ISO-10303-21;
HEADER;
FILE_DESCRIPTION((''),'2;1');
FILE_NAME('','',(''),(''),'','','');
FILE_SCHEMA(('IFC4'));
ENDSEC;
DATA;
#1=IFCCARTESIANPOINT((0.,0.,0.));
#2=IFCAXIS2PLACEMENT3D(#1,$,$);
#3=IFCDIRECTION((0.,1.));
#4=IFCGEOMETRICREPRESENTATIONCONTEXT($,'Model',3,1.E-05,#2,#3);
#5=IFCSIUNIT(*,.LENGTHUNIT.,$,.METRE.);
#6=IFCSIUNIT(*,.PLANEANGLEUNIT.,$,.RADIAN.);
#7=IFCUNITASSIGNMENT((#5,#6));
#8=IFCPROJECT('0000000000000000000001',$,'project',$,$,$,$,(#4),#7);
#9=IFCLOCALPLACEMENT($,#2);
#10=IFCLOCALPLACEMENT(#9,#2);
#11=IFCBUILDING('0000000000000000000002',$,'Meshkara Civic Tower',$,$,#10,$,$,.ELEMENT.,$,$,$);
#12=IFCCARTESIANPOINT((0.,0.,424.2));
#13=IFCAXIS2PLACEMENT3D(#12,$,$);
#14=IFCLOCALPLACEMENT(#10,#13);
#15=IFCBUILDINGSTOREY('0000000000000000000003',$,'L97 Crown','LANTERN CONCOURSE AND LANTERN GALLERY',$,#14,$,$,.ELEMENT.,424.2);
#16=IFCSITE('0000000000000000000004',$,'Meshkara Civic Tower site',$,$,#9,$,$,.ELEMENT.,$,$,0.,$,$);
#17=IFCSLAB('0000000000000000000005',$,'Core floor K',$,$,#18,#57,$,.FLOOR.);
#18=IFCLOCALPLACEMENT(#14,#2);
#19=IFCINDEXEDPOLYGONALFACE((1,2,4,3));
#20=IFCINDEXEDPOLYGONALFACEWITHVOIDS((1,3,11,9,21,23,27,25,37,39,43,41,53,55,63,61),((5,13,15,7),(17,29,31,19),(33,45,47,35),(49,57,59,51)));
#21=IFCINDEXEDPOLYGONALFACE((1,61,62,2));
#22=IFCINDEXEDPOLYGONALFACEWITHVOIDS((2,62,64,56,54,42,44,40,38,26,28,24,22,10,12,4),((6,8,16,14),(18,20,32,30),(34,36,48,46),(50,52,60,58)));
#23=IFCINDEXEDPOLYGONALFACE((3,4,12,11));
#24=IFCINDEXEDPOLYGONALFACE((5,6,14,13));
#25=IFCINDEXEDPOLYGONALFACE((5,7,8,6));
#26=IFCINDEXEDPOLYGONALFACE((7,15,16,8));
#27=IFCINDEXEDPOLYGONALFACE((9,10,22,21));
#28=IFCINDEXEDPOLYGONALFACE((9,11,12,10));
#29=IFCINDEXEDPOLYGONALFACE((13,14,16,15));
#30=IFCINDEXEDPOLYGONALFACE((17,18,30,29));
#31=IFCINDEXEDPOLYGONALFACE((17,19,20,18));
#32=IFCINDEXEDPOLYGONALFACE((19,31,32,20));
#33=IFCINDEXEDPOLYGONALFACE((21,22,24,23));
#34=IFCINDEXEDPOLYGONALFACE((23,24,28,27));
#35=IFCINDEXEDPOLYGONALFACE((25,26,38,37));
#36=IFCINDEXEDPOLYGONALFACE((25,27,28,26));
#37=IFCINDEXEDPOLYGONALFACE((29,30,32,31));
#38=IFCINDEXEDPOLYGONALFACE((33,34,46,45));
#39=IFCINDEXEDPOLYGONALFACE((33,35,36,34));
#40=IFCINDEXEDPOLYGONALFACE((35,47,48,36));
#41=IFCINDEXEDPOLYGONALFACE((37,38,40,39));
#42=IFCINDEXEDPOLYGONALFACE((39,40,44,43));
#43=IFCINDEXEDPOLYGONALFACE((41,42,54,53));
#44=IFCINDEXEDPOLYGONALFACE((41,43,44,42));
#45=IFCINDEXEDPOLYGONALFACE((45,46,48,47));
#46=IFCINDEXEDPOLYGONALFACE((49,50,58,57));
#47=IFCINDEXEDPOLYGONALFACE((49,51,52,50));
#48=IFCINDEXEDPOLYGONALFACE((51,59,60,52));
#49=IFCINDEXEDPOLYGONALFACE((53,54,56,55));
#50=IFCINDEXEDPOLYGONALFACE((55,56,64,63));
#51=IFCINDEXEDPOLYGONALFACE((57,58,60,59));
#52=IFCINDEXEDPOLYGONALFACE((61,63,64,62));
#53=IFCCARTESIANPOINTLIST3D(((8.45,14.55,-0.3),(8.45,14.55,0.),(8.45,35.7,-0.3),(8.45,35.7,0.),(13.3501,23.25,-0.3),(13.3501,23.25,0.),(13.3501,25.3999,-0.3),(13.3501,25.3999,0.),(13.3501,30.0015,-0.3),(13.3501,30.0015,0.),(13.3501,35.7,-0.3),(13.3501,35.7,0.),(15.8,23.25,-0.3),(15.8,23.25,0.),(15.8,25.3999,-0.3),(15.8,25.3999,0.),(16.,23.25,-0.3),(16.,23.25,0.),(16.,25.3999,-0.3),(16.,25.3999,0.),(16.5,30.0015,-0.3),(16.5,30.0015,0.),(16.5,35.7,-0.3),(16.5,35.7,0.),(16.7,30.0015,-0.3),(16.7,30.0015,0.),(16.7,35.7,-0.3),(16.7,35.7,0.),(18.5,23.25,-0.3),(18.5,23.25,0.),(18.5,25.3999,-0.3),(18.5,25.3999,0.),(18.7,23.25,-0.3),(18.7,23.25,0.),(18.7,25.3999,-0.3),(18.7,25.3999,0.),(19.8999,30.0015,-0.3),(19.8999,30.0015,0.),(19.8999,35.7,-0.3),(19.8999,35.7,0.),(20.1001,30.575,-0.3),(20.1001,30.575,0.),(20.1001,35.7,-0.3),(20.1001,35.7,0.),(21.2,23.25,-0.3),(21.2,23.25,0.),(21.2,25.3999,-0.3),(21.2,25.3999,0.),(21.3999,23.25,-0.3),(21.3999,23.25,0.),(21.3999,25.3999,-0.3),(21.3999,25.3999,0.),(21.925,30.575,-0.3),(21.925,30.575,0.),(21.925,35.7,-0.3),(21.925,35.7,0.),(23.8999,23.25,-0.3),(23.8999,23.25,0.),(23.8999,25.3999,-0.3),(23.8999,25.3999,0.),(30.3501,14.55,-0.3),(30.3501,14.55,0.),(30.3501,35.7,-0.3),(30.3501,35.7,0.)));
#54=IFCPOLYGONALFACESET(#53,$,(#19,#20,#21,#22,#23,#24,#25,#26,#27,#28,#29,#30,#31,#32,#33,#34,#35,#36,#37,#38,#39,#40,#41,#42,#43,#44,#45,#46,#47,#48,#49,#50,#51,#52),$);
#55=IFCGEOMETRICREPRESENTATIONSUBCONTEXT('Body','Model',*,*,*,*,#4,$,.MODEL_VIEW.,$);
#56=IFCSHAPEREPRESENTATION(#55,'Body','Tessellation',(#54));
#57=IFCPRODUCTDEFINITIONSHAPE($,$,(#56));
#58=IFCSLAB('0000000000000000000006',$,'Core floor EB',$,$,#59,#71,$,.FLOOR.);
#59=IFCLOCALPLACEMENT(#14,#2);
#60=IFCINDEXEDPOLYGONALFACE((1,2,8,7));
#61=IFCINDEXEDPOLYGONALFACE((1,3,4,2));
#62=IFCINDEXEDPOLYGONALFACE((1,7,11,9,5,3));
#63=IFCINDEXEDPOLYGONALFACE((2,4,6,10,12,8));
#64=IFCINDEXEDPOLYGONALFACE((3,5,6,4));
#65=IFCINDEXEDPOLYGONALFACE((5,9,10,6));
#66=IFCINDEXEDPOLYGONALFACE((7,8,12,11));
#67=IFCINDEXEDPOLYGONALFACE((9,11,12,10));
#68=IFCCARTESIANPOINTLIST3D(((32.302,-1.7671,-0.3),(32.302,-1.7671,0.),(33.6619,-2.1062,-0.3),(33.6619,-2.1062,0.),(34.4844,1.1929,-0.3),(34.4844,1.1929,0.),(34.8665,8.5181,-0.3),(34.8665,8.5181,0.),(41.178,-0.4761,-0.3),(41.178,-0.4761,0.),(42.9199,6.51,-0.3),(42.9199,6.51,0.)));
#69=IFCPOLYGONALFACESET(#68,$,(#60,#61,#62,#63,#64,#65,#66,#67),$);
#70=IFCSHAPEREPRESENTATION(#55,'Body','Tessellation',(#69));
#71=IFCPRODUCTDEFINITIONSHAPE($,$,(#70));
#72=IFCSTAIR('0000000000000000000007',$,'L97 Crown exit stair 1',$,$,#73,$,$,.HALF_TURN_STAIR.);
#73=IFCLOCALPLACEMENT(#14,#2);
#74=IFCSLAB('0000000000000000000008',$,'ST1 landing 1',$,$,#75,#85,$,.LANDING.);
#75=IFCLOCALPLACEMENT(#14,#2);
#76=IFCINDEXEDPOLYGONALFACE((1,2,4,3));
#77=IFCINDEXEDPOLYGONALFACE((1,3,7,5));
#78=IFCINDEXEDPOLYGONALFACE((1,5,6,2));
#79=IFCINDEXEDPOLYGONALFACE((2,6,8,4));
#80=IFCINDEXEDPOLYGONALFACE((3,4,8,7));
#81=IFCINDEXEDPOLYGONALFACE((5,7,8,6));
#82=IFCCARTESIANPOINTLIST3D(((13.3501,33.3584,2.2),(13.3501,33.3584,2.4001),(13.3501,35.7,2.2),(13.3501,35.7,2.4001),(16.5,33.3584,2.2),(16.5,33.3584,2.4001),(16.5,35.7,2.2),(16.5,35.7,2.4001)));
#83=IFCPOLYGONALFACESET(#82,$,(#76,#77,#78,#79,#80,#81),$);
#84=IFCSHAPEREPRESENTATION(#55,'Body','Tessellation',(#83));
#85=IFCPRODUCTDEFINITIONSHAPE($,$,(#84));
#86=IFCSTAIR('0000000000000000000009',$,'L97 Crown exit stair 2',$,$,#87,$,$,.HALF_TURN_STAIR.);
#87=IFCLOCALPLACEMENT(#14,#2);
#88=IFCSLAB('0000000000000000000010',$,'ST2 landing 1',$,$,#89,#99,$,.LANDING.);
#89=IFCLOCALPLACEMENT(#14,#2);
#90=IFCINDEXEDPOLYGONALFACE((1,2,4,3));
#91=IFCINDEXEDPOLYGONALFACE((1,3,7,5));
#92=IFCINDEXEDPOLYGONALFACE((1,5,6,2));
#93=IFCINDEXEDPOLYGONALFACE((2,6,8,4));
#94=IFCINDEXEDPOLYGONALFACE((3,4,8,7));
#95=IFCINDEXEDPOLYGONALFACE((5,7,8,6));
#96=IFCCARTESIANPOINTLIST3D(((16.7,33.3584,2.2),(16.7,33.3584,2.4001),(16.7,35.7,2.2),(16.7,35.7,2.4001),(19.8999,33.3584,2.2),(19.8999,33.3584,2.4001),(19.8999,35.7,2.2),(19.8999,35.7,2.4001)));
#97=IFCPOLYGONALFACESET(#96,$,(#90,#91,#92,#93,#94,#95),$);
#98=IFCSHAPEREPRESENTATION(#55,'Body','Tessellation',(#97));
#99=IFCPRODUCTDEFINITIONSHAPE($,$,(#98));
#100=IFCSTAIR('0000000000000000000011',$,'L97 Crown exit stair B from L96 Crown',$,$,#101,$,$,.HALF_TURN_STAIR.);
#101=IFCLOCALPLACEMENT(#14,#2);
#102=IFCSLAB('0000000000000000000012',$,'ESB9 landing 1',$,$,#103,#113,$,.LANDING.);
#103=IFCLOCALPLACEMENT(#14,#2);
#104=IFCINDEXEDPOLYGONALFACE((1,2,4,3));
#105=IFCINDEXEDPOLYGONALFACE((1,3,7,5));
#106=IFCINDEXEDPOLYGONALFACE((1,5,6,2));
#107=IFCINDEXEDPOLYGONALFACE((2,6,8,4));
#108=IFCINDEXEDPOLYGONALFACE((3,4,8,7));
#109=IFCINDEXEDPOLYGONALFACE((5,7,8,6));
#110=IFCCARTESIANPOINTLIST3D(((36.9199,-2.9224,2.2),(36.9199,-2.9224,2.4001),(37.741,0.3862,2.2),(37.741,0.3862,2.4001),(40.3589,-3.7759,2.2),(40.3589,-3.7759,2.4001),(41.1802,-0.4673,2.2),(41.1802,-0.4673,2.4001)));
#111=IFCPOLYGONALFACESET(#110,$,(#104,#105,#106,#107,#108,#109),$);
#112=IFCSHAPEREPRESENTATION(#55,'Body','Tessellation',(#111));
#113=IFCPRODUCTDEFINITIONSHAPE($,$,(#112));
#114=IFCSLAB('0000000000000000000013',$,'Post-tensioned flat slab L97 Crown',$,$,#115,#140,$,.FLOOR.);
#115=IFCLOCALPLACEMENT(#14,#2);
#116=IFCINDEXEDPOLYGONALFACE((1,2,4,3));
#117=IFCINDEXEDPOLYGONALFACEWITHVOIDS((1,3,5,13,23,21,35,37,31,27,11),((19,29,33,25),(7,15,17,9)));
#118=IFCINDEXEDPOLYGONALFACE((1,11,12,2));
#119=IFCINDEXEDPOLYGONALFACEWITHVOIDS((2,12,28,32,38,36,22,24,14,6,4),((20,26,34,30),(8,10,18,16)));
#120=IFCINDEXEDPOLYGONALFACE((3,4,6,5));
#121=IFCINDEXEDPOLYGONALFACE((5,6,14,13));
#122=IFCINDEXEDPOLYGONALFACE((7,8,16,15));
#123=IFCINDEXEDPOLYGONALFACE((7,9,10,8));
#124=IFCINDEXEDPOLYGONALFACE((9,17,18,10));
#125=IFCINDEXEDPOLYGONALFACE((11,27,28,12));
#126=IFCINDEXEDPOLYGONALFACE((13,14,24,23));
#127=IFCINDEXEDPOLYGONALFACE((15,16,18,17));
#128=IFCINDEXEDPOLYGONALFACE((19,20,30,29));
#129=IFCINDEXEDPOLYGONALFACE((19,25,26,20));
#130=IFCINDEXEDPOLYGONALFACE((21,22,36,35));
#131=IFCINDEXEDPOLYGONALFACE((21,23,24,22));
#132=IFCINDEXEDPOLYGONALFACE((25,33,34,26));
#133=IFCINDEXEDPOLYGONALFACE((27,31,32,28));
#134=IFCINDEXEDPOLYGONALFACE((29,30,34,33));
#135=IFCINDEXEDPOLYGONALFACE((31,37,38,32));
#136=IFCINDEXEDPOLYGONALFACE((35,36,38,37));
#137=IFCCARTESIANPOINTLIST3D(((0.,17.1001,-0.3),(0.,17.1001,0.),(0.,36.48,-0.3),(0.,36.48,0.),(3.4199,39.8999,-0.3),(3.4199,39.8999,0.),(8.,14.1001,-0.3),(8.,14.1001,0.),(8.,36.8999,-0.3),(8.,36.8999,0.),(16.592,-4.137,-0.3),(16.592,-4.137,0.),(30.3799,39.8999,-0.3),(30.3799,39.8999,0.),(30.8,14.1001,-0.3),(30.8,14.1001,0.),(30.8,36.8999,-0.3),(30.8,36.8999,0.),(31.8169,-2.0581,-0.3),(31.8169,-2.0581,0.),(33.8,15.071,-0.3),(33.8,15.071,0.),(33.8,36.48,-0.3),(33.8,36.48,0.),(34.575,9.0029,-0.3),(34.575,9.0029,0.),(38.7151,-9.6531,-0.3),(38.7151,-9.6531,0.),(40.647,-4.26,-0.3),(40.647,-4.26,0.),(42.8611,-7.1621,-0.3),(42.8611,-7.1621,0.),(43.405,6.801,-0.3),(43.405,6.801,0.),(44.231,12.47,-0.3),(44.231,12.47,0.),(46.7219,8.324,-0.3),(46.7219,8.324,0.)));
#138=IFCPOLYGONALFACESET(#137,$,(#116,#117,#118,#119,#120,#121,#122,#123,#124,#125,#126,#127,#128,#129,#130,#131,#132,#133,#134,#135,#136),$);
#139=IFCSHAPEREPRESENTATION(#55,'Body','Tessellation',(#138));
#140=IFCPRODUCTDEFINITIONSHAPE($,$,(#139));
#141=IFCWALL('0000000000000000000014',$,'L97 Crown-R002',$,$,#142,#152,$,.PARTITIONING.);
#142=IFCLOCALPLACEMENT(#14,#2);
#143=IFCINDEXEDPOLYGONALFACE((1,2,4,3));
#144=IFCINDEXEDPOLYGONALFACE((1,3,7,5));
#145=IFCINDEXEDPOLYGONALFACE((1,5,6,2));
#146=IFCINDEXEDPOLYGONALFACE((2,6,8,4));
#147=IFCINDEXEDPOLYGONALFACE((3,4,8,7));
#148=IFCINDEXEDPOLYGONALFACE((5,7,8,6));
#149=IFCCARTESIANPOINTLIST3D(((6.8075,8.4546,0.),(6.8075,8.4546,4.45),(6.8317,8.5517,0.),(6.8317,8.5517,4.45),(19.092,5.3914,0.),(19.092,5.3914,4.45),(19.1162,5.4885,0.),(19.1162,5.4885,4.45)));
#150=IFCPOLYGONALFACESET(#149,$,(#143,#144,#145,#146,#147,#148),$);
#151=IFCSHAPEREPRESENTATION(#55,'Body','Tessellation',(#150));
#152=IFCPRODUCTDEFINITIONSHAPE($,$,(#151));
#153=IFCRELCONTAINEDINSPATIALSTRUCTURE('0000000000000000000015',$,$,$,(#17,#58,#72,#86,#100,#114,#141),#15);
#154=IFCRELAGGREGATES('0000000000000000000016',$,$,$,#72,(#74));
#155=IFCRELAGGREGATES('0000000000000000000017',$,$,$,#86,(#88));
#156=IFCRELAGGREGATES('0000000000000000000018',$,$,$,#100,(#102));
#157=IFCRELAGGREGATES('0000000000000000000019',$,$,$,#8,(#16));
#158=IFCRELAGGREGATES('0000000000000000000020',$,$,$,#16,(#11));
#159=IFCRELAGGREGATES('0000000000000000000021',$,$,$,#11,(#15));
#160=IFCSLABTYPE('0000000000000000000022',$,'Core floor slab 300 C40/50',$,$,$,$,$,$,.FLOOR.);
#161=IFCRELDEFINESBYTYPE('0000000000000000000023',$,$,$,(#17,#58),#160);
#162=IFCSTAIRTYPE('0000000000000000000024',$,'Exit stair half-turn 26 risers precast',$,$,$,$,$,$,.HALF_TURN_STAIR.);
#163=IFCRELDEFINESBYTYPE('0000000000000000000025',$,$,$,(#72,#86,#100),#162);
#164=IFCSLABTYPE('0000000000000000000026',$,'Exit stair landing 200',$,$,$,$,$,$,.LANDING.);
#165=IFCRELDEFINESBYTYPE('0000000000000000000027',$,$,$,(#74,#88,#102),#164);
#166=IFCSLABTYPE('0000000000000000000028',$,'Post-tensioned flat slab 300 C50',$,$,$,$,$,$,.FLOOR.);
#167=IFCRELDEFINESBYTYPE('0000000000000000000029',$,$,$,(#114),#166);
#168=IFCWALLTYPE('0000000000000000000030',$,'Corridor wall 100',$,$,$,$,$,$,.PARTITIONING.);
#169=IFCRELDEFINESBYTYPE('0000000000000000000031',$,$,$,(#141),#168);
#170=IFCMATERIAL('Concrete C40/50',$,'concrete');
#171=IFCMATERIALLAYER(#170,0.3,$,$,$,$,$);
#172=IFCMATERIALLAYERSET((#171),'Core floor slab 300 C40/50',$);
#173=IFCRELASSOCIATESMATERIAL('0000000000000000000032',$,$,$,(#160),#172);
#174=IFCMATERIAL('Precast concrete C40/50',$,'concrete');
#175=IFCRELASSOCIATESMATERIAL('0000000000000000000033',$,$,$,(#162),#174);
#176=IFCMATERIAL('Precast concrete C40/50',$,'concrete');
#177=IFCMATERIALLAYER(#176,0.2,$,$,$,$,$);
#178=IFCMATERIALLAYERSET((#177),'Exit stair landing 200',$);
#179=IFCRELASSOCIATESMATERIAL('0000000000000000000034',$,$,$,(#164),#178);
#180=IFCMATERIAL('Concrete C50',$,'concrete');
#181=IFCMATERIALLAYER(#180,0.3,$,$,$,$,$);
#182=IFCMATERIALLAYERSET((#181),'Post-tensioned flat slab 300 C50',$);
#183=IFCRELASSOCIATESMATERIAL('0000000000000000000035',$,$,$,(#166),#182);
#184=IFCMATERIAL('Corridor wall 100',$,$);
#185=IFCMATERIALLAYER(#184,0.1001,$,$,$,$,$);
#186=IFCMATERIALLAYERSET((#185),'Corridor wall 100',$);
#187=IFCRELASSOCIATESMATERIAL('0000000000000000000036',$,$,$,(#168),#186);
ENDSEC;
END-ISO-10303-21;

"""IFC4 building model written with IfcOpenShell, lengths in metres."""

from ifc_helpers import new_model, si_unit, direction, frame, frame_2d, origin, place, context, subcontext, project, spatial, polyline, rectangle, outline, extrude, material, layer, layer_set, type_object, element, aggregate, save


model = new_model("IFC4")

# Units and contexts
model_context = context("Model", 3, precision=1e-05, world=origin(), true_north=direction((0.0, 1.0)))
body_context = subcontext(model_context, "Body", "Model", "MODEL_VIEW")
ifc_project = project(units=[si_unit("LENGTHUNIT", "METRE"), si_unit("PLANEANGLEUNIT", "RADIAN")], contexts=[model_context])

# Site, building, storey
site_placement = place(None, origin())
site = spatial("IfcSite", under=ifc_project, at=site_placement, Name="Meshkara Civic Tower site", CompositionType="ELEMENT", RefElevation=0.0)
building_placement = place(site_placement, origin())
building = spatial("IfcBuilding", under=site, at=building_placement, Name="Meshkara Civic Tower", CompositionType="ELEMENT")
storey_placement = place(building_placement, frame((0.0, 0.0, 424.2)))
storey = spatial("IfcBuildingStorey", under=building, at=storey_placement, Name="L97 Crown", Description="LANTERN CONCOURSE AND LANTERN GALLERY", CompositionType="ELEMENT", Elevation=424.2)

# Slabs
ifc_material_1 = material(Name="Concrete C40/50", Category="concrete")
ifc_layer_1 = layer(ifc_material_1, 0.3)
ifc_layer_set_1 = layer_set([ifc_layer_1], Name="Core floor slab 300 C40/50")
slab_type_1 = type_object("IfcSlabType", Name="Core floor slab 300 C40/50", PredefinedType="FLOOR", material=ifc_layer_set_1)
slab_1_placement = place(storey_placement, frame((0.0, 0.0, -0.3)))
element("IfcSlab", 1, at=slab_1_placement, inside=storey, type_object=slab_type_1, Name="Core floor K", PredefinedType="FLOOR", context=body_context, shape_type="SweptSolid", body=[
    extrude(outline(polyline([(8.45, 35.7), (13.3501, 35.7), (13.3501, 30.0015), (16.5, 30.0015), (16.5, 35.7), (16.7, 35.7), (16.7, 30.0015), (19.8999, 30.0015), (19.8999, 35.7), (20.1001, 35.7), (20.1001, 30.575), (21.925, 30.575), (21.925, 35.7), (30.3501, 35.7), (30.3501, 14.55), (8.45, 14.55), (8.45, 35.7)]), holes=[polyline([(15.8, 23.25), (15.8, 25.3999), (13.3501, 25.3999), (13.3501, 23.25), (15.8, 23.25)]), polyline([(18.5, 25.3999), (16.0, 25.3999), (16.0, 23.25), (18.5, 23.25), (18.5, 25.3999)]), polyline([(18.7, 23.25), (21.2, 23.25), (21.2, 25.3999), (18.7, 25.3999), (18.7, 23.25)]), polyline([(21.3999, 23.25), (23.8999, 23.25), (23.8999, 25.3999), (21.3999, 25.3999), (21.3999, 23.25)])]), origin(), (0.0, 0.0, 1.0), 0.3),
])
slab_2_placement = place(storey_placement, frame((0.0, 0.0, -0.3)))
element("IfcSlab", 2, at=slab_2_placement, inside=storey, type_object=slab_type_1, Name="Core floor EB", PredefinedType="FLOOR", context=body_context, shape_type="SweptSolid", body=[
    extrude(outline(polyline([(34.8665, 8.5181), (42.9199, 6.51), (41.178, -0.4761), (34.4844, 1.1929), (33.6619, -2.1062), (32.302, -1.7671), (34.8665, 8.5181)])), origin(), (0.0, 0.0, 1.0), 0.3),
])

# Stairs, slabs
ifc_material_2 = material(Name="Precast concrete C40/50", Category="concrete")
stair_type = type_object("IfcStairType", Name="Exit stair half-turn 26 risers precast", PredefinedType="HALF_TURN_STAIR", material=ifc_material_2)
stair_1_placement = place(storey_placement, origin())
stair_1 = element("IfcStair", 3, at=stair_1_placement, inside=storey, type_object=stair_type, Name="L97 Crown exit stair 1", PredefinedType="HALF_TURN_STAIR")
ifc_material_3 = material(Name="Precast concrete C40/50", Category="concrete")
ifc_layer_2 = layer(ifc_material_3, 0.2)
ifc_layer_set_2 = layer_set([ifc_layer_2], Name="Exit stair landing 200")
slab_type_2 = type_object("IfcSlabType", Name="Exit stair landing 200", PredefinedType="LANDING", material=ifc_layer_set_2)
slab_3_placement = place(storey_placement, frame((0.0, 0.0, 2.2)))
slab_3 = element("IfcSlab", 4, at=slab_3_placement, type_object=slab_type_2, Name="ST1 landing 1", PredefinedType="LANDING", context=body_context, shape_type="SweptSolid", body=[
    extrude(outline(polyline([(16.5, 33.3584), (16.5, 35.7), (13.3501, 35.7), (13.3501, 33.3584), (16.5, 33.3584)])), origin(), (0.0, 0.0, 1.0), 0.2002),
])
aggregate(stair_1, [slab_3])
stair_2_placement = place(storey_placement, origin())
stair_2 = element("IfcStair", 5, at=stair_2_placement, inside=storey, type_object=stair_type, Name="L97 Crown exit stair 2", PredefinedType="HALF_TURN_STAIR")
slab_4_placement = place(storey_placement, frame((0.0, 0.0, 2.2)))
slab_4 = element("IfcSlab", 6, at=slab_4_placement, type_object=slab_type_2, Name="ST2 landing 1", PredefinedType="LANDING", context=body_context, shape_type="SweptSolid", body=[
    extrude(outline(polyline([(19.8999, 33.3584), (19.8999, 35.7), (16.7, 35.7), (16.7, 33.3584), (19.8999, 33.3584)])), origin(), (0.0, 0.0, 1.0), 0.2002),
])
aggregate(stair_2, [slab_4])
stair_3_placement = place(storey_placement, origin())
stair_3 = element("IfcStair", 7, at=stair_3_placement, inside=storey, type_object=stair_type, Name="L97 Crown exit stair B from L96 Crown", PredefinedType="HALF_TURN_STAIR")
slab_5_placement = place(storey_placement, frame((0.0, 0.0, 2.2)))
slab_5 = element("IfcSlab", 8, at=slab_5_placement, type_object=slab_type_2, Name="ESB9 landing 1", PredefinedType="LANDING", context=body_context, shape_type="SweptSolid", body=[
    extrude(outline(polyline([(36.9199, -2.9224), (40.3589, -3.7759), (41.1802, -0.4673), (37.741, 0.3862), (36.9199, -2.9224)])), origin(), (0.0, 0.0, 1.0), 0.2002),
])
aggregate(stair_3, [slab_5])

# Slab
ifc_material_4 = material(Name="Concrete C50", Category="concrete")
ifc_layer_3 = layer(ifc_material_4, 0.3)
ifc_layer_set_3 = layer_set([ifc_layer_3], Name="Post-tensioned flat slab 300 C50")
slab_type_3 = type_object("IfcSlabType", Name="Post-tensioned flat slab 300 C50", PredefinedType="FLOOR", material=ifc_layer_set_3)
slab_6_placement = place(storey_placement, frame((0.0, 0.0, -0.3)))
element("IfcSlab", 9, at=slab_6_placement, inside=storey, type_object=slab_type_3, Name="Post-tensioned flat slab L97 Crown", PredefinedType="FLOOR", context=body_context, shape_type="SweptSolid", body=[
    extrude(outline(polyline([(42.8611, -7.1621), (38.7151, -9.6531), (16.592, -4.137), (0.0, 17.1001), (0.0, 36.48), (3.4199, 39.8999), (30.3799, 39.8999), (33.8, 36.48), (33.8, 15.071), (44.231, 12.47), (46.7219, 8.324), (42.8611, -7.1621)]), holes=[polyline([(40.647, -4.26), (43.405, 6.801), (34.575, 9.0029), (31.8169, -2.0581), (40.647, -4.26)]), polyline([(30.8, 36.8999), (8.0, 36.8999), (8.0, 14.1001), (30.8, 14.1001), (30.8, 36.8999)])]), origin(), (0.0, 0.0, 1.0), 0.3),
])

# Wall
ifc_material_5 = material(Name="Corridor wall 100")
ifc_layer_4 = layer(ifc_material_5, 0.1001)
ifc_layer_set_4 = layer_set([ifc_layer_4], Name="Corridor wall 100")
wall_type = type_object("IfcWallType", Name="Corridor wall 100", PredefinedType="PARTITIONING", material=ifc_layer_set_4)
wall_placement = place(storey_placement, frame((6.8196, 8.5032, 0.0), z_axis=(0.0, 0.0, 1.0), x_axis=(0.970289, -0.24195, 0.0)))
element("IfcWall", 10, at=wall_placement, inside=storey, type_object=wall_type, Name="L97 Crown-R002", PredefinedType="PARTITIONING", context=body_context, shape_type="SweptSolid", body=[
    extrude(rectangle(XDim=12.6606, YDim=0.1001, at=frame_2d((6.3303, 0.0))), origin(), (0.0, 0.0, 1.0), 4.45),
])

save(model, "model.ifc")
